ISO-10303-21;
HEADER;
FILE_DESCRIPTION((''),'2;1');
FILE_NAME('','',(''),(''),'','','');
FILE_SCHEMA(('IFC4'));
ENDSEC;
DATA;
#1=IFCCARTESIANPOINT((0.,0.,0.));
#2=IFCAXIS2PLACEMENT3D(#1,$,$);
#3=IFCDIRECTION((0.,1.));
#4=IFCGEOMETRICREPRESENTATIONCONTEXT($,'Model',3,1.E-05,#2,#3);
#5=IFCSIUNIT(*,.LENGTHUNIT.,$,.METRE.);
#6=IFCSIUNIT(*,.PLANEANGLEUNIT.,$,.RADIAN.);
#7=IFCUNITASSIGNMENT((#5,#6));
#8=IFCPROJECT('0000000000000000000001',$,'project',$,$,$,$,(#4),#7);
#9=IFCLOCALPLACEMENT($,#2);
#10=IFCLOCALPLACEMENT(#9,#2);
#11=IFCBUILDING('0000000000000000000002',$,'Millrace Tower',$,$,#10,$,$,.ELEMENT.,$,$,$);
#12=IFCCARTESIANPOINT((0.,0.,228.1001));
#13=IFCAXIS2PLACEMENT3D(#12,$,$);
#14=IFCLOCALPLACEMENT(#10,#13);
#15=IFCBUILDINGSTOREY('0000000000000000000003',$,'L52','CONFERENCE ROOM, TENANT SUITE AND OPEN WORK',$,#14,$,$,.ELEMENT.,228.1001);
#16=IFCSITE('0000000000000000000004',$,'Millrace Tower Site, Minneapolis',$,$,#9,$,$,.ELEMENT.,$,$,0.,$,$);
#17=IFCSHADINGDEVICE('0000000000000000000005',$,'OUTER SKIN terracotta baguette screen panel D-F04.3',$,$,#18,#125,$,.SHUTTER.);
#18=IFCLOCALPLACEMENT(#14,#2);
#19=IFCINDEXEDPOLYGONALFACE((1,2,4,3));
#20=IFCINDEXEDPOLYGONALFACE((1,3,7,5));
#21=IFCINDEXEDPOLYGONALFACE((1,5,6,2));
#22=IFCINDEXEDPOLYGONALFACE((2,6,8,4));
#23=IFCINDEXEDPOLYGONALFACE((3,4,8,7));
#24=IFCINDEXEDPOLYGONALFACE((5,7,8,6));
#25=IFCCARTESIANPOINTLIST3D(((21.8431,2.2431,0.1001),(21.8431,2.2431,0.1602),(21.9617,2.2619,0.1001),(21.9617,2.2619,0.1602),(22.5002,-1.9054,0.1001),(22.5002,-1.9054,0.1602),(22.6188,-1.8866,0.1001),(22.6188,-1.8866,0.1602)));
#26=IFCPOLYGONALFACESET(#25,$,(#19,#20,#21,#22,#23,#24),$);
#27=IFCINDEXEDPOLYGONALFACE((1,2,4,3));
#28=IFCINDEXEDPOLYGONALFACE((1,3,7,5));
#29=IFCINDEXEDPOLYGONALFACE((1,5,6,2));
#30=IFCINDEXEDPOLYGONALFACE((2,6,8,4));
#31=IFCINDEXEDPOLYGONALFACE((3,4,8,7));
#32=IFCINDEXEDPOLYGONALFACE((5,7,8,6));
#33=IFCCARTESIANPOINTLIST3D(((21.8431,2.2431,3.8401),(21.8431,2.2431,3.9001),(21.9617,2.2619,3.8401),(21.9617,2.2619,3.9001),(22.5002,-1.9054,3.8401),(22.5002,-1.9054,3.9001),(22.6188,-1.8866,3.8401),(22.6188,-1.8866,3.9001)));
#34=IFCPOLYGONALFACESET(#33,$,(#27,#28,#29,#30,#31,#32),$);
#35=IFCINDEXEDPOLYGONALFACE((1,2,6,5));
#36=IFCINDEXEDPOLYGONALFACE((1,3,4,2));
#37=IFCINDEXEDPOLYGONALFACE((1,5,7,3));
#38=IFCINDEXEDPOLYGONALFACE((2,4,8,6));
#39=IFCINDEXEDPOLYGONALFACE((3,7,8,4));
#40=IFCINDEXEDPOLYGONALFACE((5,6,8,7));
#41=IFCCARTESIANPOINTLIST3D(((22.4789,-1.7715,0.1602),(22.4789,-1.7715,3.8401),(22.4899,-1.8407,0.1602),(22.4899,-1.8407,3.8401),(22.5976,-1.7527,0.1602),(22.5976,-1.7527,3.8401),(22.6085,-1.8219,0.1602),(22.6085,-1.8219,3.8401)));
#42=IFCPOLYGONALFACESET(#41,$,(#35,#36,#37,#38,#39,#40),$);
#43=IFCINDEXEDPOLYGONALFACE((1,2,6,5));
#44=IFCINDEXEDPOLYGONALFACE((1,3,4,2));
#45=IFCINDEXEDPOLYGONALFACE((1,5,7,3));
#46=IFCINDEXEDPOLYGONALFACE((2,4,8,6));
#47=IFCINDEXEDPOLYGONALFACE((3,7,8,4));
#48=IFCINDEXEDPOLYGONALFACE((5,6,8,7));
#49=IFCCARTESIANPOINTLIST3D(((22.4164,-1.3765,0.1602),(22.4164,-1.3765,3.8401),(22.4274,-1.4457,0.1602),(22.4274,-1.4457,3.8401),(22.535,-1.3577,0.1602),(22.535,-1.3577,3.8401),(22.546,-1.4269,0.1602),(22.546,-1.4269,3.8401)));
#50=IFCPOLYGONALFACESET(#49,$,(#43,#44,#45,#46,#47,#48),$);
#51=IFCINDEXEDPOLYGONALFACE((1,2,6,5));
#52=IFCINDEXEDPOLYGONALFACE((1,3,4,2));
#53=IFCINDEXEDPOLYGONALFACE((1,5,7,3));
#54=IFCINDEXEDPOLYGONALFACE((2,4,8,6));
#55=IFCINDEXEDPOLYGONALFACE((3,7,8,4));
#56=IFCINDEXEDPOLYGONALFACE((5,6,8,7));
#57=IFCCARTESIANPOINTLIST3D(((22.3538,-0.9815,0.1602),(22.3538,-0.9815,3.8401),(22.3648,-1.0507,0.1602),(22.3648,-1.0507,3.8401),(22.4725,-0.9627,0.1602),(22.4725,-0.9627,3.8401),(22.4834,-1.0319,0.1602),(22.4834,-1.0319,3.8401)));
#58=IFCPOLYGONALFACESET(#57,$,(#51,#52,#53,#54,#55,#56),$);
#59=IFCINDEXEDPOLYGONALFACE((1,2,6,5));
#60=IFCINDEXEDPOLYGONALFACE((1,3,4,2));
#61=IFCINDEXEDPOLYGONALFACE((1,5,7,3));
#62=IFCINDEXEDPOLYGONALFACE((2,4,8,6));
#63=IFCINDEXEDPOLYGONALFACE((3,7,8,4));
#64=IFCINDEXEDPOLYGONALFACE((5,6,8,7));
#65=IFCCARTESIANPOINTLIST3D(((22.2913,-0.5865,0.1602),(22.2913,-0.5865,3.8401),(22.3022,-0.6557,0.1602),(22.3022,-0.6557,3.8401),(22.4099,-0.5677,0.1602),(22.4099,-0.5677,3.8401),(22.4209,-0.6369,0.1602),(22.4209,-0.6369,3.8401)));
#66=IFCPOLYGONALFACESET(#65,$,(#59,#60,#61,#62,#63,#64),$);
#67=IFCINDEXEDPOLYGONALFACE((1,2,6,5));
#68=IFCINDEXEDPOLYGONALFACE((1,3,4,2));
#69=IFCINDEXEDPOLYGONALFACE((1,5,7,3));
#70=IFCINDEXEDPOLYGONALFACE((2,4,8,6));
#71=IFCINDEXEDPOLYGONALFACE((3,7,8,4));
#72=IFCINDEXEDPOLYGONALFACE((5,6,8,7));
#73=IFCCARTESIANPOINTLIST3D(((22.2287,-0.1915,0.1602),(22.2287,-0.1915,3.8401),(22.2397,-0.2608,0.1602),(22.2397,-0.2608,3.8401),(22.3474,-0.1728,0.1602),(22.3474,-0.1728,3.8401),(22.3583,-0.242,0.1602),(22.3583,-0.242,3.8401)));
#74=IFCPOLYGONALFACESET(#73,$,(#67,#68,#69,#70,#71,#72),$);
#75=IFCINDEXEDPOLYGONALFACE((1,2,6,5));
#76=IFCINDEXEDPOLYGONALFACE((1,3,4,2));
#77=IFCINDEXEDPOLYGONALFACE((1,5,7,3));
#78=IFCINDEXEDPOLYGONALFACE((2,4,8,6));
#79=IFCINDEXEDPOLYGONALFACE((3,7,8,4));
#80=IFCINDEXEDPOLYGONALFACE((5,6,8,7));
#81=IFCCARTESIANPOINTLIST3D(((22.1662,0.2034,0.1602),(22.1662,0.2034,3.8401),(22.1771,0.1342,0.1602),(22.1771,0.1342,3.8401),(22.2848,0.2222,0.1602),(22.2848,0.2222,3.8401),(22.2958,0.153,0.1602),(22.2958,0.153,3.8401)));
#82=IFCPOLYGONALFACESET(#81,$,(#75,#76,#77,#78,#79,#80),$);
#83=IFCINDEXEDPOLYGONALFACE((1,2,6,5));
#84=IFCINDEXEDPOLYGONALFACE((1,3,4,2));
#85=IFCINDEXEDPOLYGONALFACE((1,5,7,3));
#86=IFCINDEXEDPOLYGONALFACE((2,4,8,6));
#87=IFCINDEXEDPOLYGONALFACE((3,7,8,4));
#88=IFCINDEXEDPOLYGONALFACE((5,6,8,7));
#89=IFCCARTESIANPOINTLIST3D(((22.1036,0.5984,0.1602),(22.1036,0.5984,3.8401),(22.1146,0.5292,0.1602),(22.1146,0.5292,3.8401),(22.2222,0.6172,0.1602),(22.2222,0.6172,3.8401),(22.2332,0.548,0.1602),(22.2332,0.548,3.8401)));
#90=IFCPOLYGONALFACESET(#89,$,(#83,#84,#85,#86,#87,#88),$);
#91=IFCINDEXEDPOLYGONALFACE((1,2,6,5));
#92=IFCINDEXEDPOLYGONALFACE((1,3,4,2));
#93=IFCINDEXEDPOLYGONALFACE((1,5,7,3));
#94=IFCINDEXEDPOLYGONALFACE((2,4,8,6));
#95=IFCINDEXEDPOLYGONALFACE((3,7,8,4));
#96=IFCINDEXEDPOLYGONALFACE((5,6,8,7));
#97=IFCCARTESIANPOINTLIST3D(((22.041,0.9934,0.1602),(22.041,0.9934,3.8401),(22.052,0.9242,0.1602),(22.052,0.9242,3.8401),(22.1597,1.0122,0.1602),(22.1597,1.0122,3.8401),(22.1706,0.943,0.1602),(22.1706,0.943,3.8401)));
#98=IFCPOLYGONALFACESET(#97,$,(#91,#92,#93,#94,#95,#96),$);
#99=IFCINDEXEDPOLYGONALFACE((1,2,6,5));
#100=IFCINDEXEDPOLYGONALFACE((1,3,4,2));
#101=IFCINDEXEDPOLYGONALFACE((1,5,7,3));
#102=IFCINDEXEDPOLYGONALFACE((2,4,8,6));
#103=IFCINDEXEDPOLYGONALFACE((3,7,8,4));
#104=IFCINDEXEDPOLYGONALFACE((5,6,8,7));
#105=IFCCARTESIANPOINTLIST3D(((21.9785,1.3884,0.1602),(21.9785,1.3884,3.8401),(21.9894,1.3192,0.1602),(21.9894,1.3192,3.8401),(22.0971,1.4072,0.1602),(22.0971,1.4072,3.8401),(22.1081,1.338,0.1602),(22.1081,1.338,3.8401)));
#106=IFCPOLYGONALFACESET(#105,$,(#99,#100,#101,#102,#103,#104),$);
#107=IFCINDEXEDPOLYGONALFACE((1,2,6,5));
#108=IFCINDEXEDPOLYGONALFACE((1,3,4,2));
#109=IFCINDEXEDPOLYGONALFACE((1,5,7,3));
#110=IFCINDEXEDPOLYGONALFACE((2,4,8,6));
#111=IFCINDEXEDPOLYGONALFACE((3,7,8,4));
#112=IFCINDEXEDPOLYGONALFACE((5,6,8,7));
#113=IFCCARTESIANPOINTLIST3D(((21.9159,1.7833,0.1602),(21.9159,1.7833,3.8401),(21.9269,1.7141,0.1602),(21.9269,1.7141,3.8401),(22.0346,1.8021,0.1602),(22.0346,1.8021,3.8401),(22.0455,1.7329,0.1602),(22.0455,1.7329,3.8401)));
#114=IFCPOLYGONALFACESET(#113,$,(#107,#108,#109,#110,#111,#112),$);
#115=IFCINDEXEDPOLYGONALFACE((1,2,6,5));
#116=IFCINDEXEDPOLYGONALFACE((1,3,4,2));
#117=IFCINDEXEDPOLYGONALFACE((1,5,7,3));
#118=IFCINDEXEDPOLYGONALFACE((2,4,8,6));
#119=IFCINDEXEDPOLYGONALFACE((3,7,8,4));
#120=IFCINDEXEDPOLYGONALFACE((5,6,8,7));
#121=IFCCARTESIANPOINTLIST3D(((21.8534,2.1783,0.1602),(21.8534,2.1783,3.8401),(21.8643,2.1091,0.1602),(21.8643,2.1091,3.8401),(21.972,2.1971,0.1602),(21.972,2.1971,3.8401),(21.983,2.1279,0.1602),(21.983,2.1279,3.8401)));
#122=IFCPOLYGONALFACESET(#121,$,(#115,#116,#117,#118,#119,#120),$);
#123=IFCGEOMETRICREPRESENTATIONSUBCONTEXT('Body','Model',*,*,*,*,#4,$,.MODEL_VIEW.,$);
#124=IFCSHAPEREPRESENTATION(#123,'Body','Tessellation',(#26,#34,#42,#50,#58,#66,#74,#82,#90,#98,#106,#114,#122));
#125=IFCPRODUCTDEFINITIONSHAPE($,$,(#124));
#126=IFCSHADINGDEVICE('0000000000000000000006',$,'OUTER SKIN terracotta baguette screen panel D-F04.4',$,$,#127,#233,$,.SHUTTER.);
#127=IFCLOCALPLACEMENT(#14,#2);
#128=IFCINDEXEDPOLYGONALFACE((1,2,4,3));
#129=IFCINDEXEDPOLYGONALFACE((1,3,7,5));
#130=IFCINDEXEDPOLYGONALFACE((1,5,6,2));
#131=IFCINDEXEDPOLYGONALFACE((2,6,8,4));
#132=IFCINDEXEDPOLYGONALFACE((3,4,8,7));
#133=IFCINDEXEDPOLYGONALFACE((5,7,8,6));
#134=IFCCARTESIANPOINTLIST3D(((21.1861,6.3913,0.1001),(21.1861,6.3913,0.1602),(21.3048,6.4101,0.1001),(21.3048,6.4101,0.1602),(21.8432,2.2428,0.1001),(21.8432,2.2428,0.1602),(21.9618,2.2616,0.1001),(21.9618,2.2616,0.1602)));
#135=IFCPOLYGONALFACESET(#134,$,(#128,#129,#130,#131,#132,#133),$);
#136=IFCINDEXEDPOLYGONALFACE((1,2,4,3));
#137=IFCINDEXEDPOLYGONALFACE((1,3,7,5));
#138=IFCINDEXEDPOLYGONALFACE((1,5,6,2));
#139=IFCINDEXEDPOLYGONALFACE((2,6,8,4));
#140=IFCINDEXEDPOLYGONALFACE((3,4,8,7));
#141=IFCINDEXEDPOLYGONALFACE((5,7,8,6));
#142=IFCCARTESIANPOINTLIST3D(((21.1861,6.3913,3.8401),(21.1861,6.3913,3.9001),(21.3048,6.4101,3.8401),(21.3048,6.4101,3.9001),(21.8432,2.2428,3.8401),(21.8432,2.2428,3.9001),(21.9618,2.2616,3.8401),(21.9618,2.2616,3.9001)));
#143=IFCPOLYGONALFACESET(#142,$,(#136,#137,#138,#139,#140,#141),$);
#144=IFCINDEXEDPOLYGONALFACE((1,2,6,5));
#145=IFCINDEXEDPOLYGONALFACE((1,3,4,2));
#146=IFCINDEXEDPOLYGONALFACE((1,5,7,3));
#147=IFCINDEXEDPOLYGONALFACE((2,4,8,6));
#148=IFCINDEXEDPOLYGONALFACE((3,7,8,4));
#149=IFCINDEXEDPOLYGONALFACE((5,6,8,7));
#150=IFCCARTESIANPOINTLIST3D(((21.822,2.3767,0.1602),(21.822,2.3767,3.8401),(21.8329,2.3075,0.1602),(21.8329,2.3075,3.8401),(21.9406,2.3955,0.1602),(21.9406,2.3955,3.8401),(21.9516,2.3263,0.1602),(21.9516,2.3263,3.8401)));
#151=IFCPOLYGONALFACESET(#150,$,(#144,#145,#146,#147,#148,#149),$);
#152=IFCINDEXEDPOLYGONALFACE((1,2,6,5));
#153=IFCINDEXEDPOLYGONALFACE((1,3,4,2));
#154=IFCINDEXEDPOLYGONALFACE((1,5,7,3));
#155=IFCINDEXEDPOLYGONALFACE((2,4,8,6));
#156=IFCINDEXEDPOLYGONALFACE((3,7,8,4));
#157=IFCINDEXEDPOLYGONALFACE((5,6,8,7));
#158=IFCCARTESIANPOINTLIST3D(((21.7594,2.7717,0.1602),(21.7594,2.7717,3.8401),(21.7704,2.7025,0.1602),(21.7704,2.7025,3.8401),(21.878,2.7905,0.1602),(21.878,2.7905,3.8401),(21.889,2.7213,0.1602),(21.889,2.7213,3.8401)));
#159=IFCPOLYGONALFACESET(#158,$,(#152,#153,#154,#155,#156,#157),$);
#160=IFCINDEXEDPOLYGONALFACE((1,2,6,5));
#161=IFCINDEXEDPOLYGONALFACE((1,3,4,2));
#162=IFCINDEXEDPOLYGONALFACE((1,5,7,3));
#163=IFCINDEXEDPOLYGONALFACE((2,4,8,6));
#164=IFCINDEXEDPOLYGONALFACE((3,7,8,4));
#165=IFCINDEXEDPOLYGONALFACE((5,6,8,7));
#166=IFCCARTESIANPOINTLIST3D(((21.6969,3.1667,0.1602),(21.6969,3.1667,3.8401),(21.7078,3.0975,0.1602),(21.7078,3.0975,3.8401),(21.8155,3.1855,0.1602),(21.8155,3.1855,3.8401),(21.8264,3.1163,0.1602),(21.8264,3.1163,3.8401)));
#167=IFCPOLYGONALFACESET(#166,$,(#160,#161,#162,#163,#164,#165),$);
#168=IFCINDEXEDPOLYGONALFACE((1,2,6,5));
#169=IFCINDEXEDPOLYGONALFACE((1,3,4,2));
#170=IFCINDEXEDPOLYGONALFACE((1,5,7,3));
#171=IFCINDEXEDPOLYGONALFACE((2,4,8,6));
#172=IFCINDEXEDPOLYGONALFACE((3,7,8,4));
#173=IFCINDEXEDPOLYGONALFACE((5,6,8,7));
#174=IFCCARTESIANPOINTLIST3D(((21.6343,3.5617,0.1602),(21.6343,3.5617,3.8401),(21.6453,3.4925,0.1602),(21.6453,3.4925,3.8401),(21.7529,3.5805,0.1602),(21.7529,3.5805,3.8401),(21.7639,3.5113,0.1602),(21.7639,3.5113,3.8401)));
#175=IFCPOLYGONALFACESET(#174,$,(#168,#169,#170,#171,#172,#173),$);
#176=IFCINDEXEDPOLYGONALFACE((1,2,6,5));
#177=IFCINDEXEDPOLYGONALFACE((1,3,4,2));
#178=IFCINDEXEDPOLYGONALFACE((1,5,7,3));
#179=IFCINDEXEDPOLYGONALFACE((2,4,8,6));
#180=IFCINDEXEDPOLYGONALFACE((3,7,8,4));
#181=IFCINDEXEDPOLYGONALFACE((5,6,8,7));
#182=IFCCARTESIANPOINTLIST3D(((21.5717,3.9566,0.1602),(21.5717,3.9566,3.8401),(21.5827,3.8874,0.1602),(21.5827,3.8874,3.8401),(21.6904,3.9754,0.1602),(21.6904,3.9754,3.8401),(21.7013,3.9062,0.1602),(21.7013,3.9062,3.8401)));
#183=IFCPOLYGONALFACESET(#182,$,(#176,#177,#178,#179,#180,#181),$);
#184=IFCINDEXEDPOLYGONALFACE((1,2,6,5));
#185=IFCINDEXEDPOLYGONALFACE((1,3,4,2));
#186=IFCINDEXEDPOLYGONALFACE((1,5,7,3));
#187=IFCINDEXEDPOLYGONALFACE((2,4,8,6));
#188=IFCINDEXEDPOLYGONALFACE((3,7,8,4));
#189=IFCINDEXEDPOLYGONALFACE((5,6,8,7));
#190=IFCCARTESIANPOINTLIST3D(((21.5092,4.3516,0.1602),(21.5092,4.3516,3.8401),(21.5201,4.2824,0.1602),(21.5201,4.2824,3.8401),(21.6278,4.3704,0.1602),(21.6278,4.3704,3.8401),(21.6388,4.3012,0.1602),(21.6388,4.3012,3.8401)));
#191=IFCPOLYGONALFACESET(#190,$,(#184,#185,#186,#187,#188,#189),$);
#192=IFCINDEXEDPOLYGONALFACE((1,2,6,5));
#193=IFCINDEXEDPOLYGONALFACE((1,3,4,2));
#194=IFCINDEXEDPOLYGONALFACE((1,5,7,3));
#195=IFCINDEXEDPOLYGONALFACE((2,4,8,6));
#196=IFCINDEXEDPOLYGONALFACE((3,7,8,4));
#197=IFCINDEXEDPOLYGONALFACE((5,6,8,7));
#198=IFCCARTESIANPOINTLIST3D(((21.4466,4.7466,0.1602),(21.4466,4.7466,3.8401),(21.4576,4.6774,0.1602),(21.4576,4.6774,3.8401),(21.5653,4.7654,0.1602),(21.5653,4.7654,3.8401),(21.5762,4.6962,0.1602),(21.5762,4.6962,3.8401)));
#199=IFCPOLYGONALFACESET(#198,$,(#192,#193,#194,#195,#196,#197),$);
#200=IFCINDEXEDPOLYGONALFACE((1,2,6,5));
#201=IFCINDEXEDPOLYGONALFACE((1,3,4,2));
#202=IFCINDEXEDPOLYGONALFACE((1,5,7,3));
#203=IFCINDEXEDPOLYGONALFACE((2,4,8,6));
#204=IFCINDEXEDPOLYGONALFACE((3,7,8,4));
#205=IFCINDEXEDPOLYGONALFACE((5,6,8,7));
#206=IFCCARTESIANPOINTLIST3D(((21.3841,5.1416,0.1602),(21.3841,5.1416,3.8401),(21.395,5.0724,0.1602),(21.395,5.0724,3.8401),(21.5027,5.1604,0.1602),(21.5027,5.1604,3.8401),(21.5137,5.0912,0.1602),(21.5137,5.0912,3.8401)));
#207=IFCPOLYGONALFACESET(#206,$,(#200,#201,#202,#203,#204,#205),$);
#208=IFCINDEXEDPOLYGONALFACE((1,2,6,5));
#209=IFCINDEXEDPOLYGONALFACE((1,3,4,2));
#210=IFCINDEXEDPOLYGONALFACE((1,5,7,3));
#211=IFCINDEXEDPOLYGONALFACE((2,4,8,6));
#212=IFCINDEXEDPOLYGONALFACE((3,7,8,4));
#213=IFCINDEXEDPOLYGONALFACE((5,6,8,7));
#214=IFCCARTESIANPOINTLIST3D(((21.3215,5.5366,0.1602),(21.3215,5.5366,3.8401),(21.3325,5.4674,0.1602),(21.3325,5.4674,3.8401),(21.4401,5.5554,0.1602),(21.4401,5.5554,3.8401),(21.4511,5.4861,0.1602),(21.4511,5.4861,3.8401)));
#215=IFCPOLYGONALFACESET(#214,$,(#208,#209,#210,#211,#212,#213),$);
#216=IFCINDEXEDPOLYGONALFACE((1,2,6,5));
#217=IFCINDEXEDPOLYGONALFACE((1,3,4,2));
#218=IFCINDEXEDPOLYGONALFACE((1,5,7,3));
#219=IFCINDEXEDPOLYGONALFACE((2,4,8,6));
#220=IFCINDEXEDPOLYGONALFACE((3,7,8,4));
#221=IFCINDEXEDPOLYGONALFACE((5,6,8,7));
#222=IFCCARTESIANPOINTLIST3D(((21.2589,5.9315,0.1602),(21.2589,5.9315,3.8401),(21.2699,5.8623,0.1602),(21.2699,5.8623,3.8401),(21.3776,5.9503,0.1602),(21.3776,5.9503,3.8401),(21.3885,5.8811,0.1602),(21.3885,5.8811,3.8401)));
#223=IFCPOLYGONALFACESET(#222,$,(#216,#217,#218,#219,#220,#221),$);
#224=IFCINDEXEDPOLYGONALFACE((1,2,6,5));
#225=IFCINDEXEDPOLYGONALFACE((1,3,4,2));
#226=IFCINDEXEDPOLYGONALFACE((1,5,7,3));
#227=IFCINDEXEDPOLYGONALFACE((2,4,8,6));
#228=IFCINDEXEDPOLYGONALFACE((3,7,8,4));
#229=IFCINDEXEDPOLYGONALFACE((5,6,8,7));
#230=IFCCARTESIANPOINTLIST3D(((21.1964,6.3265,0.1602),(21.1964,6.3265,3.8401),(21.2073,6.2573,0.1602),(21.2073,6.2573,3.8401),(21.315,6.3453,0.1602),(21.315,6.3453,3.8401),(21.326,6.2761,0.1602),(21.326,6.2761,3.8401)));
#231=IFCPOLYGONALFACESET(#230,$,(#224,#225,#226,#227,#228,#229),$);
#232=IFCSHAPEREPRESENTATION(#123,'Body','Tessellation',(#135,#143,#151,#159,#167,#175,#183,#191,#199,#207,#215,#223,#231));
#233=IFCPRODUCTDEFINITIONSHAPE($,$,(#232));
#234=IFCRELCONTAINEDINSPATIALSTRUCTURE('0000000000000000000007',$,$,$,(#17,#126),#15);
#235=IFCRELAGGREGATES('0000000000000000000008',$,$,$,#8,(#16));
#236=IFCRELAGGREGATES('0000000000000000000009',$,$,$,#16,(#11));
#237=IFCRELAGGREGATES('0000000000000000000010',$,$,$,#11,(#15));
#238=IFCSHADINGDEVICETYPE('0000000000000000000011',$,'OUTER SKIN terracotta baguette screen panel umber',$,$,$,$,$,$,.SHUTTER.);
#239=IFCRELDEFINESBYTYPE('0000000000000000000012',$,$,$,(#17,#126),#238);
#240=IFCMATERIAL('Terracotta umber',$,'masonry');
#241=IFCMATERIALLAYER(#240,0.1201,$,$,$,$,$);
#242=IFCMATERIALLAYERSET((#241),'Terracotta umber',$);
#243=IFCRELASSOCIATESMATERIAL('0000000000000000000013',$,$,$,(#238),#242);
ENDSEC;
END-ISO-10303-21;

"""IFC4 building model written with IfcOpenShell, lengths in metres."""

from ifc_helpers import new_model, entity, si_unit, direction, frame, frame_2d, origin, origin_2d, place, context, subcontext, project, spatial, rectangle, extrude, source, transform, mapped, material, layer, layer_set, type_object, element, save


model = new_model("IFC4")

# Units and contexts
model_context = context("Model", 3, precision=1e-05, world=origin(), true_north=direction((0.0, 1.0)))
body_context = subcontext(model_context, "Body", "Model", "MODEL_VIEW")
ifc_project = project(units=[si_unit("LENGTHUNIT", "METRE"), si_unit("PLANEANGLEUNIT", "RADIAN")], contexts=[model_context])

# Site, building, storey
site_placement = place(None, origin())
site = spatial("IfcSite", under=ifc_project, at=site_placement, Name="Millrace Tower Site, Minneapolis", CompositionType="ELEMENT", RefElevation=0.0)
building_placement = place(site_placement, origin())
building = spatial("IfcBuilding", under=site, at=building_placement, Name="Millrace Tower", CompositionType="ELEMENT")
storey_placement = place(building_placement, frame((0.0, 0.0, 228.1001)))
storey = spatial("IfcBuildingStorey", under=building, at=storey_placement, Name="L52", Description="CONFERENCE ROOM, TENANT SUITE AND OPEN WORK", CompositionType="ELEMENT", Elevation=228.1001)

# Shading devices
ifc_material_1 = material(Name="Terracotta umber", Category="masonry")
ifc_layer_1 = layer(ifc_material_1, 0.1201)
ifc_layer_set_1 = layer_set([ifc_layer_1], Name="Terracotta umber")
shading_device_type = type_object("IfcShadingDeviceType", Name="OUTER SKIN terracotta baguette screen panel umber", PredefinedType="SHUTTER", material=ifc_layer_set_1)
cartesian_point = entity("IfcCartesianPoint", [-2.1001, 0.0601])
shared_polyline = entity("IfcPolyline", [cartesian_point, entity("IfcCartesianPoint", [2.1001, 0.0601]), entity("IfcCartesianPoint", [2.1001, -0.0601]), entity("IfcCartesianPoint", [-2.1001, -0.0601]), cartesian_point])
shared_shape = source(origin(), body_context, "Body", "SweptSolid", [
    entity("IfcExtrudedAreaSolid", entity("IfcArbitraryClosedProfileDef", "AREA", None, shared_polyline), entity("IfcAxis2Placement3D", entity("IfcCartesianPoint", [0.0, 0.0, 0.0])), entity("IfcDirection", [0.0, 0.0, 1.0]), 0.0601),
    entity("IfcExtrudedAreaSolid", entity("IfcArbitraryClosedProfileDef", "AREA", None, shared_polyline), entity("IfcAxis2Placement3D", entity("IfcCartesianPoint", [0.0, 0.0, 3.74])), entity("IfcDirection", [0.0, 0.0, 1.0]), 0.0601),
    extrude(rectangle(XDim=0.0701, YDim=0.1201, at=frame_2d((-1.9995, 0.0))), frame((0.0, 0.0, 0.0601)), (0.0, 0.0, 1.0), 3.6799),
    extrude(rectangle(XDim=0.0701, YDim=0.1201, at=frame_2d((-1.5996, 0.0))), frame((0.0, 0.0, 0.0601)), (0.0, 0.0, 1.0), 3.6799),
    extrude(rectangle(XDim=0.0701, YDim=0.1201, at=frame_2d((-1.1997, 0.0))), frame((0.0, 0.0, 0.0601)), (0.0, 0.0, 1.0), 3.6799),
    extrude(rectangle(XDim=0.0701, YDim=0.1201, at=frame_2d((-0.7998, 0.0))), frame((0.0, 0.0, 0.0601)), (0.0, 0.0, 1.0), 3.6799),
    extrude(rectangle(XDim=0.0701, YDim=0.1201, at=frame_2d((-0.3999, 0.0))), frame((0.0, 0.0, 0.0601)), (0.0, 0.0, 1.0), 3.6799),
    extrude(rectangle(XDim=0.0701, YDim=0.1201, at=origin_2d()), frame((0.0, 0.0, 0.0601)), (0.0, 0.0, 1.0), 3.6799),
    extrude(rectangle(XDim=0.0701, YDim=0.1201, at=frame_2d((0.3999, 0.0))), frame((0.0, 0.0, 0.0601)), (0.0, 0.0, 1.0), 3.6799),
    extrude(rectangle(XDim=0.0701, YDim=0.1201, at=frame_2d((0.7998, 0.0))), frame((0.0, 0.0, 0.0601)), (0.0, 0.0, 1.0), 3.6799),
    extrude(rectangle(XDim=0.0701, YDim=0.1201, at=frame_2d((1.1997, 0.0))), frame((0.0, 0.0, 0.0601)), (0.0, 0.0, 1.0), 3.6799),
    extrude(rectangle(XDim=0.0701, YDim=0.1201, at=frame_2d((1.5996, 0.0))), frame((0.0, 0.0, 0.0601)), (0.0, 0.0, 1.0), 3.6799),
    extrude(rectangle(XDim=0.0701, YDim=0.1201, at=frame_2d((1.9995, 0.0))), frame((0.0, 0.0, 0.0601)), (0.0, 0.0, 1.0), 3.6799),
])
for number, where, z_axis, x_axis, name in (
    (1, (22.231, 0.1782, 0.1001), (0.0, 0.0, 1.0), (-0.156434, 0.987688, 0.0), "OUTER SKIN terracotta baguette screen panel D-F04.3"),
    (2, (21.574, 4.3264, 0.1001), (0.0, 0.0, 1.0), (-0.156434, 0.987688, 0.0), "OUTER SKIN terracotta baguette screen panel D-F04.4"),
):
    element("IfcShadingDevice", number, at=place(storey_placement, frame(where, z_axis=z_axis, x_axis=x_axis)), inside=storey, type_object=shading_device_type, Name=name, PredefinedType="SHUTTER", context=body_context, shape_type="MappedRepresentation", body=[
        mapped(shared_shape, transform((0.0, 0.0, 0.0), scale=1.0)),
    ])

save(model, "model.ifc")
